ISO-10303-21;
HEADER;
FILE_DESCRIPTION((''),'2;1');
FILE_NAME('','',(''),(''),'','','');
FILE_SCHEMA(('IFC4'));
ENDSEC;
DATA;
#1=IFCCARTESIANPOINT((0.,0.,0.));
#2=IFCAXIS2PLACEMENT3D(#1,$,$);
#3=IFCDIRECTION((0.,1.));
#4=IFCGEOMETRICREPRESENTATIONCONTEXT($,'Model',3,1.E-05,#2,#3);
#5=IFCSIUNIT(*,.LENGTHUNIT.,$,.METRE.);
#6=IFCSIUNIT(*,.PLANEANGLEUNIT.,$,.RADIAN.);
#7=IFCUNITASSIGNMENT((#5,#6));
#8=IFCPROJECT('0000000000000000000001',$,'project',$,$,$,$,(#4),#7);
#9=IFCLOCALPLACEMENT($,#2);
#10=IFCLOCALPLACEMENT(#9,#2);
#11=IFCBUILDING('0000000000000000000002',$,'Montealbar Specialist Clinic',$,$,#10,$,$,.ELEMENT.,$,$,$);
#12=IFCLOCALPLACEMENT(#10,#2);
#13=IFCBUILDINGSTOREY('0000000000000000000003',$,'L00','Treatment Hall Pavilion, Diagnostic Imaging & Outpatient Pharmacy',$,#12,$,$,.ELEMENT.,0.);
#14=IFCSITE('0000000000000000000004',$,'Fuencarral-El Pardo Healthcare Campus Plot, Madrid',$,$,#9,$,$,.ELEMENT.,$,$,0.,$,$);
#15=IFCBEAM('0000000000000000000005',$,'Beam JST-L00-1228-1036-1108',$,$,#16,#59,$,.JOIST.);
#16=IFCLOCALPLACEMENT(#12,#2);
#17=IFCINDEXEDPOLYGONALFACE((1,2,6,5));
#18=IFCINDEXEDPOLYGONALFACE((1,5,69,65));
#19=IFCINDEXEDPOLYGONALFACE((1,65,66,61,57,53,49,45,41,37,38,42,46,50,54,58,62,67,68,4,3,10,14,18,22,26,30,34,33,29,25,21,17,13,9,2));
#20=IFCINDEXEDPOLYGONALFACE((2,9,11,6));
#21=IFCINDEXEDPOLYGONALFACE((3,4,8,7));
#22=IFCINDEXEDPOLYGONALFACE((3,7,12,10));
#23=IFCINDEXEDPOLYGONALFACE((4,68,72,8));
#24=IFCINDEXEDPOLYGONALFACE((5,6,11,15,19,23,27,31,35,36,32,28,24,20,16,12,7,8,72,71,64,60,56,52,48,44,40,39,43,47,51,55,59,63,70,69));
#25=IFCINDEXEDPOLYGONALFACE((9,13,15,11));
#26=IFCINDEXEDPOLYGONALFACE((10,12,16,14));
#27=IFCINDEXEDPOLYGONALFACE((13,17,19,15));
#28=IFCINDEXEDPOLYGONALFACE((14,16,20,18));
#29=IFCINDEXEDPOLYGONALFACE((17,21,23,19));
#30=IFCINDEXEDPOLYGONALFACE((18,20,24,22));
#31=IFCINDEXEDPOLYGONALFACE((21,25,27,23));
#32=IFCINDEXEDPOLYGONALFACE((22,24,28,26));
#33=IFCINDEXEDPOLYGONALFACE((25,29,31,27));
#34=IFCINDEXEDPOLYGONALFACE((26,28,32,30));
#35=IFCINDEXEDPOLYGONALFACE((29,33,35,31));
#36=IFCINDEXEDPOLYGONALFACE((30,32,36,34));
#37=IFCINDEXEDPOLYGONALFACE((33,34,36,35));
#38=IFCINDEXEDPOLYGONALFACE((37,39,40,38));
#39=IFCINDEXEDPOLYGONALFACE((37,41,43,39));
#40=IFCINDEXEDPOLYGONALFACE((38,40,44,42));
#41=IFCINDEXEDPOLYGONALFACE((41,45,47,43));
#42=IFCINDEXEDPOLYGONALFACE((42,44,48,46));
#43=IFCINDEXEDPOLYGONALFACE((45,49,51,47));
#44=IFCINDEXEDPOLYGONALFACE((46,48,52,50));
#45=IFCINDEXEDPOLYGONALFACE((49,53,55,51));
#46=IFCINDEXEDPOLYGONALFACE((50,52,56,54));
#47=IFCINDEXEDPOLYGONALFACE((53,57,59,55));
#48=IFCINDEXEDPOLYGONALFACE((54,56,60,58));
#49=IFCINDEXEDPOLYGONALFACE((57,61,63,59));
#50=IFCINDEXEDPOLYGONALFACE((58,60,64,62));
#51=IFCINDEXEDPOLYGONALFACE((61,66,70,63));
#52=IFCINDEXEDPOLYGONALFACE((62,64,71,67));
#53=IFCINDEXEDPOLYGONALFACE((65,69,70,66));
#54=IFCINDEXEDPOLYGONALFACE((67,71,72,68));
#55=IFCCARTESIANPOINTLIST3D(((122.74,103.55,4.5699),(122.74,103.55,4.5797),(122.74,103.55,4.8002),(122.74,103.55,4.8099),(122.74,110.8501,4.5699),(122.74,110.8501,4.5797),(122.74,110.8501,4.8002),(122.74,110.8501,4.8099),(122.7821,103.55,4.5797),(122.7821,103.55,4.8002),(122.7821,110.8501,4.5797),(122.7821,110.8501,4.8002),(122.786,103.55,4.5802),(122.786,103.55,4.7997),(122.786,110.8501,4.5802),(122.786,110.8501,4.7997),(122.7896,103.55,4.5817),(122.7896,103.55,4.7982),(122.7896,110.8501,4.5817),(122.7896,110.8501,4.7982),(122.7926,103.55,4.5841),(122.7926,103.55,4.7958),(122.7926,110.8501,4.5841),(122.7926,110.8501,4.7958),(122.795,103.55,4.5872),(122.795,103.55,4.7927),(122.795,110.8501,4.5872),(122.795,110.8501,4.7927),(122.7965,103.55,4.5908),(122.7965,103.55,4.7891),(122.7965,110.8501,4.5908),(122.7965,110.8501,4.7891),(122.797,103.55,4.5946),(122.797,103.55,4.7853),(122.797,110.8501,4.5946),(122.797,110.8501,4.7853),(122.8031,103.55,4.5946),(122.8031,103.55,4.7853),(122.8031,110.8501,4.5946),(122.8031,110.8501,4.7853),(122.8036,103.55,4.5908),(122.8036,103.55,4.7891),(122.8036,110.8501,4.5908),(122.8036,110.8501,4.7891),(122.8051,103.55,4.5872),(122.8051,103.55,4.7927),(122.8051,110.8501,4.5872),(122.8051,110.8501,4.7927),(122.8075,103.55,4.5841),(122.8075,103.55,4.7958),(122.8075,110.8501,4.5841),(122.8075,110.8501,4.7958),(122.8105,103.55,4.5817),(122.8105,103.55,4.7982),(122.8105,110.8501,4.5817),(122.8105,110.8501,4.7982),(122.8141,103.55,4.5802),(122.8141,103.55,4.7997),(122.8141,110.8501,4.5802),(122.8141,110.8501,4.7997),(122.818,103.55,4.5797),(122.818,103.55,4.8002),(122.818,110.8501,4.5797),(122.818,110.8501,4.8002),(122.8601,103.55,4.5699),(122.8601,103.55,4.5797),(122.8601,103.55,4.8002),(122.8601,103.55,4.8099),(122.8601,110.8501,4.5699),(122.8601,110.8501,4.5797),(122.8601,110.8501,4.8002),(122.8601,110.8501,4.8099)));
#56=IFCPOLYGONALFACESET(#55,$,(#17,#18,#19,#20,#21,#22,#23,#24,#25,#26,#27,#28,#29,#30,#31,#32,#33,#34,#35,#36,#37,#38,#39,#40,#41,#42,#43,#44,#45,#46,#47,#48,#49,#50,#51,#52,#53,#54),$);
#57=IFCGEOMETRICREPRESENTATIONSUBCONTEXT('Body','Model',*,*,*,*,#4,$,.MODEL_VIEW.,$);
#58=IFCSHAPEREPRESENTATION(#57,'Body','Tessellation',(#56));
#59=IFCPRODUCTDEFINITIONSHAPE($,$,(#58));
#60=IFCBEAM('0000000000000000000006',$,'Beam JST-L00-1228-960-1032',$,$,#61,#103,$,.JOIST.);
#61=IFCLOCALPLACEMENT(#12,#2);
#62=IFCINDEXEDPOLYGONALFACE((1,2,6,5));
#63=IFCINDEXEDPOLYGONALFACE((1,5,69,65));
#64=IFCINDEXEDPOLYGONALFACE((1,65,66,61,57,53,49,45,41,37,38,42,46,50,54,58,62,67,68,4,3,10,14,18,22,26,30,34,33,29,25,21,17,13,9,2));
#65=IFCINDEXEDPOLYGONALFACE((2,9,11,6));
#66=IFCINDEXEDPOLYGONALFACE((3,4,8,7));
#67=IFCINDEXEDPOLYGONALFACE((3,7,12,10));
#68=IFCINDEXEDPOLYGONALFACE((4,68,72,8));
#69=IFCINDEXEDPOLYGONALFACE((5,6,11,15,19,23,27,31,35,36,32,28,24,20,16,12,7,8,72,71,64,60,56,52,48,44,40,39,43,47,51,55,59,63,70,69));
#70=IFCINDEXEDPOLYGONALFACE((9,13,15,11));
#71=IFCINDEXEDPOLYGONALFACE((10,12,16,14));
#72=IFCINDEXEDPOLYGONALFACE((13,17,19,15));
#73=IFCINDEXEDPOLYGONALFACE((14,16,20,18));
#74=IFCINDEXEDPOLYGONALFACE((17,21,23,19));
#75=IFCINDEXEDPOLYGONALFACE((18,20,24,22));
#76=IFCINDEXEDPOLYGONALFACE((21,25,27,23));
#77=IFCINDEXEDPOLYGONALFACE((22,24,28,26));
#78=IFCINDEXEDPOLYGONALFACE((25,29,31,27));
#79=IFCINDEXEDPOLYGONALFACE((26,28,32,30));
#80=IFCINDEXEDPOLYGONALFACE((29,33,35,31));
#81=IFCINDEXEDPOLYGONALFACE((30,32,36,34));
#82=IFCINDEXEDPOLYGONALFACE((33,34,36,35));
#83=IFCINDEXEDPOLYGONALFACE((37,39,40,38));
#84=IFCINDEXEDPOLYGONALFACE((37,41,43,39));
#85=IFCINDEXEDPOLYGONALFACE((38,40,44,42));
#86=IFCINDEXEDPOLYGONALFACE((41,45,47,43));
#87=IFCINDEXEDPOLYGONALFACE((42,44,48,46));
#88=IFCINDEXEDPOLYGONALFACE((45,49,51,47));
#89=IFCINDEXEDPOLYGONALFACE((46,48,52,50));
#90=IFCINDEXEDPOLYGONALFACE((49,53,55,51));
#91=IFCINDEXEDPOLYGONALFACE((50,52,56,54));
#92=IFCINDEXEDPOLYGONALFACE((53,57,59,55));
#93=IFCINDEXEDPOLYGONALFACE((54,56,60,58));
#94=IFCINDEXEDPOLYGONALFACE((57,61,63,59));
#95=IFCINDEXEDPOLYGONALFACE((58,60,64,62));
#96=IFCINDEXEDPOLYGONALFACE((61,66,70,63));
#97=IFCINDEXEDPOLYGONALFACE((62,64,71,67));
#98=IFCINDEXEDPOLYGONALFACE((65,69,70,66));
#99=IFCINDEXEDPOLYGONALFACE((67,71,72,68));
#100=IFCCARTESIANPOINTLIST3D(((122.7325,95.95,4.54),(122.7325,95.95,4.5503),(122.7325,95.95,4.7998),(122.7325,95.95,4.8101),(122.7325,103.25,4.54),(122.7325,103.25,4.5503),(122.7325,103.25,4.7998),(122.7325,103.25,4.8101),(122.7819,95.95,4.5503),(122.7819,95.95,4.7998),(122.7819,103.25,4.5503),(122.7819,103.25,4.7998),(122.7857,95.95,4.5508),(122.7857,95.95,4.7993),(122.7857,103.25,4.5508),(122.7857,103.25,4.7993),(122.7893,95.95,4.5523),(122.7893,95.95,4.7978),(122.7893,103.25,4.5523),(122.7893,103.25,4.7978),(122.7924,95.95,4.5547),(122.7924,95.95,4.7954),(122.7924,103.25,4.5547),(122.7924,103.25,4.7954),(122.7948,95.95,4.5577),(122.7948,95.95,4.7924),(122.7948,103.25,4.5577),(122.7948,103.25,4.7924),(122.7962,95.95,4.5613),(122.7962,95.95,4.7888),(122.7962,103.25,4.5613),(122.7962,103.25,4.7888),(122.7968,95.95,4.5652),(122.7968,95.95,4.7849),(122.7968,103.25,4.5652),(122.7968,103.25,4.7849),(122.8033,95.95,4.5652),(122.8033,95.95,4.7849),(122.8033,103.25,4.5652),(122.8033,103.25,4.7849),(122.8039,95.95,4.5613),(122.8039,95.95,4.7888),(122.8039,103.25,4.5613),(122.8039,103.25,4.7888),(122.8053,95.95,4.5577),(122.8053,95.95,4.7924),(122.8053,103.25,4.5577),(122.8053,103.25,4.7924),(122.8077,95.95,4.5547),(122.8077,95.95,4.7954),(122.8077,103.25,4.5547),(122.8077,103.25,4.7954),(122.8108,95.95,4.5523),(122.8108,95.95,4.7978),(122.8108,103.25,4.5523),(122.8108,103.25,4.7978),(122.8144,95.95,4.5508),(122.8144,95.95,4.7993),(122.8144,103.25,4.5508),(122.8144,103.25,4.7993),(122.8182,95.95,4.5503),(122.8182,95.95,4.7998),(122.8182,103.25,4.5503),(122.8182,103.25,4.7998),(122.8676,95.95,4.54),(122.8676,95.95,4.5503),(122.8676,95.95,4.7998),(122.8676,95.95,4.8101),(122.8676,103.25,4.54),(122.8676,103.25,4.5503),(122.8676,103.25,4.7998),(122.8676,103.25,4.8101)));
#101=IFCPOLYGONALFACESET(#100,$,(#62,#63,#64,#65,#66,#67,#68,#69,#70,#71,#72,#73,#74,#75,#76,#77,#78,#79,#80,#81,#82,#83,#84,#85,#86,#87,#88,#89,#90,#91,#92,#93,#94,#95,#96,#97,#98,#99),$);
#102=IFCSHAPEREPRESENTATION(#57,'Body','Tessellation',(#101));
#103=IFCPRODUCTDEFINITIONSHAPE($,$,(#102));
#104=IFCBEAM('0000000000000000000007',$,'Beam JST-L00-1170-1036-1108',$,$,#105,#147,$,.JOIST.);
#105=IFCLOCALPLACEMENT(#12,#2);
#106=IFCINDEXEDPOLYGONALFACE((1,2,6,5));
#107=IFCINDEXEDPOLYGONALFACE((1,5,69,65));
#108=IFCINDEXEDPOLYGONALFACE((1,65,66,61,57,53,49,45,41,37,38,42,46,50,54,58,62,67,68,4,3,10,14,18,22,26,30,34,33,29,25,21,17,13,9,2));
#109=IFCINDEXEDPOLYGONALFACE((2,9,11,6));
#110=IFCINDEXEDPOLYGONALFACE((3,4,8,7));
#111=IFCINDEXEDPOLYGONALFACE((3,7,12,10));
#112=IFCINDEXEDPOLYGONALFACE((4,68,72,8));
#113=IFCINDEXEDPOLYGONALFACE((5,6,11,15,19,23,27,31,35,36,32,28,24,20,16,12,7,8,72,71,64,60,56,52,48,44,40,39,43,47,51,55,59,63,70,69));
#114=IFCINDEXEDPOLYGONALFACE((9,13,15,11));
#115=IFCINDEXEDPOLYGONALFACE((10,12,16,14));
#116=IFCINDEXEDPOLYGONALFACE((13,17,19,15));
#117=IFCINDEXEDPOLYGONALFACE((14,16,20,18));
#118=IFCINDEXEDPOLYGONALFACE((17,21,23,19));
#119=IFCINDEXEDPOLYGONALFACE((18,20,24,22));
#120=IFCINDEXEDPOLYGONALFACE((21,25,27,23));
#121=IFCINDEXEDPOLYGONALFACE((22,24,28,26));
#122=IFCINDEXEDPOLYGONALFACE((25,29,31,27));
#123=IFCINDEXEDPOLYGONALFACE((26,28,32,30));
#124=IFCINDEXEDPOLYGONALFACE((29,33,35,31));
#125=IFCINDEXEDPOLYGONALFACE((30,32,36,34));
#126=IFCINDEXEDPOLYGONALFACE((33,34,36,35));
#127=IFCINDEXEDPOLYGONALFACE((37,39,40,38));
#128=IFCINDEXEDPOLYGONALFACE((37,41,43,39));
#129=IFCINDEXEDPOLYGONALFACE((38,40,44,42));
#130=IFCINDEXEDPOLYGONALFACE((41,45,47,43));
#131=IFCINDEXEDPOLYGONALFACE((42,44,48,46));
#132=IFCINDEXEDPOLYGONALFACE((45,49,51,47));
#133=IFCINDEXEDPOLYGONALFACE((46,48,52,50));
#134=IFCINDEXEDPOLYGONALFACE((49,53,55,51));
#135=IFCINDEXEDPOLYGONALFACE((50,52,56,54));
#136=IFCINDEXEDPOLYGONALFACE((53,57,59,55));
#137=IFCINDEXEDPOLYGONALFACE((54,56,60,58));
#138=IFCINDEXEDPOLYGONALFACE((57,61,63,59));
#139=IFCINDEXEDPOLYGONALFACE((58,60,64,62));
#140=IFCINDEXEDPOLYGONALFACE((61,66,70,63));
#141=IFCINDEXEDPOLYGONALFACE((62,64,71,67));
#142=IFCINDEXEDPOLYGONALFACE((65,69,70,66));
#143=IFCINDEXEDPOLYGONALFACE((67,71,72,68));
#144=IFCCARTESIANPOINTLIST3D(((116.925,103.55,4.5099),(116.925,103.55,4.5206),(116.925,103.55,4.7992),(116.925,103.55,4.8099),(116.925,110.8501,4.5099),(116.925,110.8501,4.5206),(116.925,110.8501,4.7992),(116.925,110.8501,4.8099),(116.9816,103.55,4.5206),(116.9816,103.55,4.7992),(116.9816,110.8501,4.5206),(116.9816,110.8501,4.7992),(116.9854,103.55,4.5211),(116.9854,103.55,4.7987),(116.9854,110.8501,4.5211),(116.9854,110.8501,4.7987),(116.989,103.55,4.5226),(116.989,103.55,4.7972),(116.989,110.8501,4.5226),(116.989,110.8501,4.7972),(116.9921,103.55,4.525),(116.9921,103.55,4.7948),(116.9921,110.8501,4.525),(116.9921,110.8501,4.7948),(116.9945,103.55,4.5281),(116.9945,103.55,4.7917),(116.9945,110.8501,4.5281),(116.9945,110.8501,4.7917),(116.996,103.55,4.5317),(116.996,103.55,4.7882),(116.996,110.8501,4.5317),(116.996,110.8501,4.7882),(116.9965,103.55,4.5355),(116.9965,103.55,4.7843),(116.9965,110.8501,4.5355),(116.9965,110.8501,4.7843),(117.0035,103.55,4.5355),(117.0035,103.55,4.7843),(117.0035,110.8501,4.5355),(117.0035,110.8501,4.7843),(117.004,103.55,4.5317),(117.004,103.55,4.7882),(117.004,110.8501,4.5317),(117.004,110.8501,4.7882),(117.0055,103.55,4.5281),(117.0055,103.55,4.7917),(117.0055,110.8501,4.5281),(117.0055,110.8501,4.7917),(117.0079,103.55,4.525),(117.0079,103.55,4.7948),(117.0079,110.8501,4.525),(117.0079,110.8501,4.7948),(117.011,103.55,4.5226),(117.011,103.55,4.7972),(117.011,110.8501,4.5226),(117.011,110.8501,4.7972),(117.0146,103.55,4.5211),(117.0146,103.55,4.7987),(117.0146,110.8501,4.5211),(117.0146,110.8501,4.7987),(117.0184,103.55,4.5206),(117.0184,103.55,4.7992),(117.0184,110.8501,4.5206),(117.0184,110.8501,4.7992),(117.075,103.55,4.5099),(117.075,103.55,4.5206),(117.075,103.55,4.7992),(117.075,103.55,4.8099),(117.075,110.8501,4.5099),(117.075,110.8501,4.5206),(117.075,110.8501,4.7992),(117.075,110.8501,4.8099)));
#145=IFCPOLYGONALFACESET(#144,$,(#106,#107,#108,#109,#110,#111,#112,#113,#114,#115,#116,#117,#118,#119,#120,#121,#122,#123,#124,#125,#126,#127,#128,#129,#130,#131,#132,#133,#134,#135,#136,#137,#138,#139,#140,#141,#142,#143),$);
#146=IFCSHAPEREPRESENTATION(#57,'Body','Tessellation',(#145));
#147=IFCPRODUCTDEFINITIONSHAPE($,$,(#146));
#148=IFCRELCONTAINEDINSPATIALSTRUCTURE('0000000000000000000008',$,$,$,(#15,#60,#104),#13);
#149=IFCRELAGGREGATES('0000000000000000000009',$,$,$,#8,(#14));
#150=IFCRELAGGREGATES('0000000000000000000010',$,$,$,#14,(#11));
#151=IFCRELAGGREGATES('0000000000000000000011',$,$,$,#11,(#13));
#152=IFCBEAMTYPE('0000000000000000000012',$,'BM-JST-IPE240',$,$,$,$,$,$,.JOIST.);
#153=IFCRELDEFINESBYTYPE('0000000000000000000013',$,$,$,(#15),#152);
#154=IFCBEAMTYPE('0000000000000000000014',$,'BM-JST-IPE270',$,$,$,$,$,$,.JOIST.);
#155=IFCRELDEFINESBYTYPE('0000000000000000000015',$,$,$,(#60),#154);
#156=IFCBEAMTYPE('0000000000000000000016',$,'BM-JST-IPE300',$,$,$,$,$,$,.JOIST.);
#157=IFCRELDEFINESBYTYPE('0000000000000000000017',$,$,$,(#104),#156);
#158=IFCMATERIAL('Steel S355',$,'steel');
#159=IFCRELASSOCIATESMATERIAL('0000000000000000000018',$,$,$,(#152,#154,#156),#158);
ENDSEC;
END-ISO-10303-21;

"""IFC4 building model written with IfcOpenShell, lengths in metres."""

from ifc_helpers import new_model, si_unit, direction, frame, origin, origin_2d, place, context, subcontext, project, spatial, i_section, extrude, material, material_profile, profile_set, type_object, element, save


model = new_model("IFC4")

# Units and contexts
model_context = context("Model", 3, precision=1e-05, world=origin(), true_north=direction((0.0, 1.0)))
body_context = subcontext(model_context, "Body", "Model", "MODEL_VIEW")
ifc_project = project(units=[si_unit("LENGTHUNIT", "METRE"), si_unit("PLANEANGLEUNIT", "RADIAN")], contexts=[model_context])

# Site, building, storey
site_placement = place(None, origin())
site = spatial("IfcSite", under=ifc_project, at=site_placement, Name="Fuencarral-El Pardo Healthcare Campus Plot, Madrid", CompositionType="ELEMENT", RefElevation=0.0)
building_placement = place(site_placement, origin())
building = spatial("IfcBuilding", under=site, at=building_placement, Name="Montealbar Specialist Clinic", CompositionType="ELEMENT")
storey_placement = place(building_placement, origin())
storey = spatial("IfcBuildingStorey", under=building, at=storey_placement, Name="L00", Description="Treatment Hall Pavilion, Diagnostic Imaging & Outpatient Pharmacy", CompositionType="ELEMENT", Elevation=0.0)

# Shared definitions
ifc_material_1 = material(Name="Steel S355", Category="steel")

# Beams
ifc_material_profile_1 = material_profile(ifc_material_1, i_section(OverallWidth=0.1201, OverallDepth=0.24, WebThickness=0.0061, FlangeThickness=0.0098, FilletRadius=0.0149, at=origin_2d()), Name="IPE 240", Category="steel")
ifc_profile_set_1 = profile_set([ifc_material_profile_1], Name="Steel S355")
beam_type_1 = type_object("IfcBeamType", Name="BM-JST-IPE240", PredefinedType="JOIST", material=ifc_profile_set_1)
beam_1_placement = place(storey_placement, frame((122.8, 103.55, 4.6899), z_axis=(0.0, 1.0, 0.0), x_axis=(-1.0, 0.0, 0.0)))
element("IfcBeam", 1, at=beam_1_placement, inside=storey, type_object=beam_type_1, Name="Beam JST-L00-1228-1036-1108", PredefinedType="JOIST", context=body_context, shape_type="SweptSolid", body=[
    extrude(i_section(OverallWidth=0.1201, OverallDepth=0.24, WebThickness=0.0061, FlangeThickness=0.0098, FilletRadius=0.0149, at=origin_2d()), origin(), (0.0, 0.0, 1.0), 7.3),
])
ifc_material_profile_2 = material_profile(ifc_material_1, i_section(OverallWidth=0.135, OverallDepth=0.27, WebThickness=0.0066, FlangeThickness=0.0103, FilletRadius=0.0149, at=origin_2d()), Name="IPE 270", Category="steel")
ifc_profile_set_2 = profile_set([ifc_material_profile_2], Name="Steel S355")
beam_type_2 = type_object("IfcBeamType", Name="BM-JST-IPE270", PredefinedType="JOIST", material=ifc_profile_set_2)
beam_2_placement = place(storey_placement, frame((122.8, 95.95, 4.675), z_axis=(0.0, 1.0, 0.0), x_axis=(-1.0, 0.0, 0.0)))
element("IfcBeam", 2, at=beam_2_placement, inside=storey, type_object=beam_type_2, Name="Beam JST-L00-1228-960-1032", PredefinedType="JOIST", context=body_context, shape_type="SweptSolid", body=[
    extrude(i_section(OverallWidth=0.135, OverallDepth=0.27, WebThickness=0.0066, FlangeThickness=0.0103, FilletRadius=0.0149, at=origin_2d()), origin(), (0.0, 0.0, 1.0), 7.3),
])
ifc_material_profile_3 = material_profile(ifc_material_1, i_section(OverallWidth=0.1499, OverallDepth=0.3, WebThickness=0.0071, FlangeThickness=0.0107, FilletRadius=0.0149, at=origin_2d()), Name="IPE 300", Category="steel")
ifc_profile_set_3 = profile_set([ifc_material_profile_3], Name="Steel S355")
beam_type_3 = type_object("IfcBeamType", Name="BM-JST-IPE300", PredefinedType="JOIST", material=ifc_profile_set_3)
beam_3_placement = place(storey_placement, frame((117.0, 103.55, 4.6599), z_axis=(0.0, 1.0, 0.0), x_axis=(-1.0, 0.0, 0.0)))
element("IfcBeam", 3, at=beam_3_placement, inside=storey, type_object=beam_type_3, Name="Beam JST-L00-1170-1036-1108", PredefinedType="JOIST", context=body_context, shape_type="SweptSolid", body=[
    extrude(i_section(OverallWidth=0.1499, OverallDepth=0.3, WebThickness=0.0071, FlangeThickness=0.0107, FilletRadius=0.0149, at=origin_2d()), origin(), (0.0, 0.0, 1.0), 7.3),
])

save(model, "model.ifc")
